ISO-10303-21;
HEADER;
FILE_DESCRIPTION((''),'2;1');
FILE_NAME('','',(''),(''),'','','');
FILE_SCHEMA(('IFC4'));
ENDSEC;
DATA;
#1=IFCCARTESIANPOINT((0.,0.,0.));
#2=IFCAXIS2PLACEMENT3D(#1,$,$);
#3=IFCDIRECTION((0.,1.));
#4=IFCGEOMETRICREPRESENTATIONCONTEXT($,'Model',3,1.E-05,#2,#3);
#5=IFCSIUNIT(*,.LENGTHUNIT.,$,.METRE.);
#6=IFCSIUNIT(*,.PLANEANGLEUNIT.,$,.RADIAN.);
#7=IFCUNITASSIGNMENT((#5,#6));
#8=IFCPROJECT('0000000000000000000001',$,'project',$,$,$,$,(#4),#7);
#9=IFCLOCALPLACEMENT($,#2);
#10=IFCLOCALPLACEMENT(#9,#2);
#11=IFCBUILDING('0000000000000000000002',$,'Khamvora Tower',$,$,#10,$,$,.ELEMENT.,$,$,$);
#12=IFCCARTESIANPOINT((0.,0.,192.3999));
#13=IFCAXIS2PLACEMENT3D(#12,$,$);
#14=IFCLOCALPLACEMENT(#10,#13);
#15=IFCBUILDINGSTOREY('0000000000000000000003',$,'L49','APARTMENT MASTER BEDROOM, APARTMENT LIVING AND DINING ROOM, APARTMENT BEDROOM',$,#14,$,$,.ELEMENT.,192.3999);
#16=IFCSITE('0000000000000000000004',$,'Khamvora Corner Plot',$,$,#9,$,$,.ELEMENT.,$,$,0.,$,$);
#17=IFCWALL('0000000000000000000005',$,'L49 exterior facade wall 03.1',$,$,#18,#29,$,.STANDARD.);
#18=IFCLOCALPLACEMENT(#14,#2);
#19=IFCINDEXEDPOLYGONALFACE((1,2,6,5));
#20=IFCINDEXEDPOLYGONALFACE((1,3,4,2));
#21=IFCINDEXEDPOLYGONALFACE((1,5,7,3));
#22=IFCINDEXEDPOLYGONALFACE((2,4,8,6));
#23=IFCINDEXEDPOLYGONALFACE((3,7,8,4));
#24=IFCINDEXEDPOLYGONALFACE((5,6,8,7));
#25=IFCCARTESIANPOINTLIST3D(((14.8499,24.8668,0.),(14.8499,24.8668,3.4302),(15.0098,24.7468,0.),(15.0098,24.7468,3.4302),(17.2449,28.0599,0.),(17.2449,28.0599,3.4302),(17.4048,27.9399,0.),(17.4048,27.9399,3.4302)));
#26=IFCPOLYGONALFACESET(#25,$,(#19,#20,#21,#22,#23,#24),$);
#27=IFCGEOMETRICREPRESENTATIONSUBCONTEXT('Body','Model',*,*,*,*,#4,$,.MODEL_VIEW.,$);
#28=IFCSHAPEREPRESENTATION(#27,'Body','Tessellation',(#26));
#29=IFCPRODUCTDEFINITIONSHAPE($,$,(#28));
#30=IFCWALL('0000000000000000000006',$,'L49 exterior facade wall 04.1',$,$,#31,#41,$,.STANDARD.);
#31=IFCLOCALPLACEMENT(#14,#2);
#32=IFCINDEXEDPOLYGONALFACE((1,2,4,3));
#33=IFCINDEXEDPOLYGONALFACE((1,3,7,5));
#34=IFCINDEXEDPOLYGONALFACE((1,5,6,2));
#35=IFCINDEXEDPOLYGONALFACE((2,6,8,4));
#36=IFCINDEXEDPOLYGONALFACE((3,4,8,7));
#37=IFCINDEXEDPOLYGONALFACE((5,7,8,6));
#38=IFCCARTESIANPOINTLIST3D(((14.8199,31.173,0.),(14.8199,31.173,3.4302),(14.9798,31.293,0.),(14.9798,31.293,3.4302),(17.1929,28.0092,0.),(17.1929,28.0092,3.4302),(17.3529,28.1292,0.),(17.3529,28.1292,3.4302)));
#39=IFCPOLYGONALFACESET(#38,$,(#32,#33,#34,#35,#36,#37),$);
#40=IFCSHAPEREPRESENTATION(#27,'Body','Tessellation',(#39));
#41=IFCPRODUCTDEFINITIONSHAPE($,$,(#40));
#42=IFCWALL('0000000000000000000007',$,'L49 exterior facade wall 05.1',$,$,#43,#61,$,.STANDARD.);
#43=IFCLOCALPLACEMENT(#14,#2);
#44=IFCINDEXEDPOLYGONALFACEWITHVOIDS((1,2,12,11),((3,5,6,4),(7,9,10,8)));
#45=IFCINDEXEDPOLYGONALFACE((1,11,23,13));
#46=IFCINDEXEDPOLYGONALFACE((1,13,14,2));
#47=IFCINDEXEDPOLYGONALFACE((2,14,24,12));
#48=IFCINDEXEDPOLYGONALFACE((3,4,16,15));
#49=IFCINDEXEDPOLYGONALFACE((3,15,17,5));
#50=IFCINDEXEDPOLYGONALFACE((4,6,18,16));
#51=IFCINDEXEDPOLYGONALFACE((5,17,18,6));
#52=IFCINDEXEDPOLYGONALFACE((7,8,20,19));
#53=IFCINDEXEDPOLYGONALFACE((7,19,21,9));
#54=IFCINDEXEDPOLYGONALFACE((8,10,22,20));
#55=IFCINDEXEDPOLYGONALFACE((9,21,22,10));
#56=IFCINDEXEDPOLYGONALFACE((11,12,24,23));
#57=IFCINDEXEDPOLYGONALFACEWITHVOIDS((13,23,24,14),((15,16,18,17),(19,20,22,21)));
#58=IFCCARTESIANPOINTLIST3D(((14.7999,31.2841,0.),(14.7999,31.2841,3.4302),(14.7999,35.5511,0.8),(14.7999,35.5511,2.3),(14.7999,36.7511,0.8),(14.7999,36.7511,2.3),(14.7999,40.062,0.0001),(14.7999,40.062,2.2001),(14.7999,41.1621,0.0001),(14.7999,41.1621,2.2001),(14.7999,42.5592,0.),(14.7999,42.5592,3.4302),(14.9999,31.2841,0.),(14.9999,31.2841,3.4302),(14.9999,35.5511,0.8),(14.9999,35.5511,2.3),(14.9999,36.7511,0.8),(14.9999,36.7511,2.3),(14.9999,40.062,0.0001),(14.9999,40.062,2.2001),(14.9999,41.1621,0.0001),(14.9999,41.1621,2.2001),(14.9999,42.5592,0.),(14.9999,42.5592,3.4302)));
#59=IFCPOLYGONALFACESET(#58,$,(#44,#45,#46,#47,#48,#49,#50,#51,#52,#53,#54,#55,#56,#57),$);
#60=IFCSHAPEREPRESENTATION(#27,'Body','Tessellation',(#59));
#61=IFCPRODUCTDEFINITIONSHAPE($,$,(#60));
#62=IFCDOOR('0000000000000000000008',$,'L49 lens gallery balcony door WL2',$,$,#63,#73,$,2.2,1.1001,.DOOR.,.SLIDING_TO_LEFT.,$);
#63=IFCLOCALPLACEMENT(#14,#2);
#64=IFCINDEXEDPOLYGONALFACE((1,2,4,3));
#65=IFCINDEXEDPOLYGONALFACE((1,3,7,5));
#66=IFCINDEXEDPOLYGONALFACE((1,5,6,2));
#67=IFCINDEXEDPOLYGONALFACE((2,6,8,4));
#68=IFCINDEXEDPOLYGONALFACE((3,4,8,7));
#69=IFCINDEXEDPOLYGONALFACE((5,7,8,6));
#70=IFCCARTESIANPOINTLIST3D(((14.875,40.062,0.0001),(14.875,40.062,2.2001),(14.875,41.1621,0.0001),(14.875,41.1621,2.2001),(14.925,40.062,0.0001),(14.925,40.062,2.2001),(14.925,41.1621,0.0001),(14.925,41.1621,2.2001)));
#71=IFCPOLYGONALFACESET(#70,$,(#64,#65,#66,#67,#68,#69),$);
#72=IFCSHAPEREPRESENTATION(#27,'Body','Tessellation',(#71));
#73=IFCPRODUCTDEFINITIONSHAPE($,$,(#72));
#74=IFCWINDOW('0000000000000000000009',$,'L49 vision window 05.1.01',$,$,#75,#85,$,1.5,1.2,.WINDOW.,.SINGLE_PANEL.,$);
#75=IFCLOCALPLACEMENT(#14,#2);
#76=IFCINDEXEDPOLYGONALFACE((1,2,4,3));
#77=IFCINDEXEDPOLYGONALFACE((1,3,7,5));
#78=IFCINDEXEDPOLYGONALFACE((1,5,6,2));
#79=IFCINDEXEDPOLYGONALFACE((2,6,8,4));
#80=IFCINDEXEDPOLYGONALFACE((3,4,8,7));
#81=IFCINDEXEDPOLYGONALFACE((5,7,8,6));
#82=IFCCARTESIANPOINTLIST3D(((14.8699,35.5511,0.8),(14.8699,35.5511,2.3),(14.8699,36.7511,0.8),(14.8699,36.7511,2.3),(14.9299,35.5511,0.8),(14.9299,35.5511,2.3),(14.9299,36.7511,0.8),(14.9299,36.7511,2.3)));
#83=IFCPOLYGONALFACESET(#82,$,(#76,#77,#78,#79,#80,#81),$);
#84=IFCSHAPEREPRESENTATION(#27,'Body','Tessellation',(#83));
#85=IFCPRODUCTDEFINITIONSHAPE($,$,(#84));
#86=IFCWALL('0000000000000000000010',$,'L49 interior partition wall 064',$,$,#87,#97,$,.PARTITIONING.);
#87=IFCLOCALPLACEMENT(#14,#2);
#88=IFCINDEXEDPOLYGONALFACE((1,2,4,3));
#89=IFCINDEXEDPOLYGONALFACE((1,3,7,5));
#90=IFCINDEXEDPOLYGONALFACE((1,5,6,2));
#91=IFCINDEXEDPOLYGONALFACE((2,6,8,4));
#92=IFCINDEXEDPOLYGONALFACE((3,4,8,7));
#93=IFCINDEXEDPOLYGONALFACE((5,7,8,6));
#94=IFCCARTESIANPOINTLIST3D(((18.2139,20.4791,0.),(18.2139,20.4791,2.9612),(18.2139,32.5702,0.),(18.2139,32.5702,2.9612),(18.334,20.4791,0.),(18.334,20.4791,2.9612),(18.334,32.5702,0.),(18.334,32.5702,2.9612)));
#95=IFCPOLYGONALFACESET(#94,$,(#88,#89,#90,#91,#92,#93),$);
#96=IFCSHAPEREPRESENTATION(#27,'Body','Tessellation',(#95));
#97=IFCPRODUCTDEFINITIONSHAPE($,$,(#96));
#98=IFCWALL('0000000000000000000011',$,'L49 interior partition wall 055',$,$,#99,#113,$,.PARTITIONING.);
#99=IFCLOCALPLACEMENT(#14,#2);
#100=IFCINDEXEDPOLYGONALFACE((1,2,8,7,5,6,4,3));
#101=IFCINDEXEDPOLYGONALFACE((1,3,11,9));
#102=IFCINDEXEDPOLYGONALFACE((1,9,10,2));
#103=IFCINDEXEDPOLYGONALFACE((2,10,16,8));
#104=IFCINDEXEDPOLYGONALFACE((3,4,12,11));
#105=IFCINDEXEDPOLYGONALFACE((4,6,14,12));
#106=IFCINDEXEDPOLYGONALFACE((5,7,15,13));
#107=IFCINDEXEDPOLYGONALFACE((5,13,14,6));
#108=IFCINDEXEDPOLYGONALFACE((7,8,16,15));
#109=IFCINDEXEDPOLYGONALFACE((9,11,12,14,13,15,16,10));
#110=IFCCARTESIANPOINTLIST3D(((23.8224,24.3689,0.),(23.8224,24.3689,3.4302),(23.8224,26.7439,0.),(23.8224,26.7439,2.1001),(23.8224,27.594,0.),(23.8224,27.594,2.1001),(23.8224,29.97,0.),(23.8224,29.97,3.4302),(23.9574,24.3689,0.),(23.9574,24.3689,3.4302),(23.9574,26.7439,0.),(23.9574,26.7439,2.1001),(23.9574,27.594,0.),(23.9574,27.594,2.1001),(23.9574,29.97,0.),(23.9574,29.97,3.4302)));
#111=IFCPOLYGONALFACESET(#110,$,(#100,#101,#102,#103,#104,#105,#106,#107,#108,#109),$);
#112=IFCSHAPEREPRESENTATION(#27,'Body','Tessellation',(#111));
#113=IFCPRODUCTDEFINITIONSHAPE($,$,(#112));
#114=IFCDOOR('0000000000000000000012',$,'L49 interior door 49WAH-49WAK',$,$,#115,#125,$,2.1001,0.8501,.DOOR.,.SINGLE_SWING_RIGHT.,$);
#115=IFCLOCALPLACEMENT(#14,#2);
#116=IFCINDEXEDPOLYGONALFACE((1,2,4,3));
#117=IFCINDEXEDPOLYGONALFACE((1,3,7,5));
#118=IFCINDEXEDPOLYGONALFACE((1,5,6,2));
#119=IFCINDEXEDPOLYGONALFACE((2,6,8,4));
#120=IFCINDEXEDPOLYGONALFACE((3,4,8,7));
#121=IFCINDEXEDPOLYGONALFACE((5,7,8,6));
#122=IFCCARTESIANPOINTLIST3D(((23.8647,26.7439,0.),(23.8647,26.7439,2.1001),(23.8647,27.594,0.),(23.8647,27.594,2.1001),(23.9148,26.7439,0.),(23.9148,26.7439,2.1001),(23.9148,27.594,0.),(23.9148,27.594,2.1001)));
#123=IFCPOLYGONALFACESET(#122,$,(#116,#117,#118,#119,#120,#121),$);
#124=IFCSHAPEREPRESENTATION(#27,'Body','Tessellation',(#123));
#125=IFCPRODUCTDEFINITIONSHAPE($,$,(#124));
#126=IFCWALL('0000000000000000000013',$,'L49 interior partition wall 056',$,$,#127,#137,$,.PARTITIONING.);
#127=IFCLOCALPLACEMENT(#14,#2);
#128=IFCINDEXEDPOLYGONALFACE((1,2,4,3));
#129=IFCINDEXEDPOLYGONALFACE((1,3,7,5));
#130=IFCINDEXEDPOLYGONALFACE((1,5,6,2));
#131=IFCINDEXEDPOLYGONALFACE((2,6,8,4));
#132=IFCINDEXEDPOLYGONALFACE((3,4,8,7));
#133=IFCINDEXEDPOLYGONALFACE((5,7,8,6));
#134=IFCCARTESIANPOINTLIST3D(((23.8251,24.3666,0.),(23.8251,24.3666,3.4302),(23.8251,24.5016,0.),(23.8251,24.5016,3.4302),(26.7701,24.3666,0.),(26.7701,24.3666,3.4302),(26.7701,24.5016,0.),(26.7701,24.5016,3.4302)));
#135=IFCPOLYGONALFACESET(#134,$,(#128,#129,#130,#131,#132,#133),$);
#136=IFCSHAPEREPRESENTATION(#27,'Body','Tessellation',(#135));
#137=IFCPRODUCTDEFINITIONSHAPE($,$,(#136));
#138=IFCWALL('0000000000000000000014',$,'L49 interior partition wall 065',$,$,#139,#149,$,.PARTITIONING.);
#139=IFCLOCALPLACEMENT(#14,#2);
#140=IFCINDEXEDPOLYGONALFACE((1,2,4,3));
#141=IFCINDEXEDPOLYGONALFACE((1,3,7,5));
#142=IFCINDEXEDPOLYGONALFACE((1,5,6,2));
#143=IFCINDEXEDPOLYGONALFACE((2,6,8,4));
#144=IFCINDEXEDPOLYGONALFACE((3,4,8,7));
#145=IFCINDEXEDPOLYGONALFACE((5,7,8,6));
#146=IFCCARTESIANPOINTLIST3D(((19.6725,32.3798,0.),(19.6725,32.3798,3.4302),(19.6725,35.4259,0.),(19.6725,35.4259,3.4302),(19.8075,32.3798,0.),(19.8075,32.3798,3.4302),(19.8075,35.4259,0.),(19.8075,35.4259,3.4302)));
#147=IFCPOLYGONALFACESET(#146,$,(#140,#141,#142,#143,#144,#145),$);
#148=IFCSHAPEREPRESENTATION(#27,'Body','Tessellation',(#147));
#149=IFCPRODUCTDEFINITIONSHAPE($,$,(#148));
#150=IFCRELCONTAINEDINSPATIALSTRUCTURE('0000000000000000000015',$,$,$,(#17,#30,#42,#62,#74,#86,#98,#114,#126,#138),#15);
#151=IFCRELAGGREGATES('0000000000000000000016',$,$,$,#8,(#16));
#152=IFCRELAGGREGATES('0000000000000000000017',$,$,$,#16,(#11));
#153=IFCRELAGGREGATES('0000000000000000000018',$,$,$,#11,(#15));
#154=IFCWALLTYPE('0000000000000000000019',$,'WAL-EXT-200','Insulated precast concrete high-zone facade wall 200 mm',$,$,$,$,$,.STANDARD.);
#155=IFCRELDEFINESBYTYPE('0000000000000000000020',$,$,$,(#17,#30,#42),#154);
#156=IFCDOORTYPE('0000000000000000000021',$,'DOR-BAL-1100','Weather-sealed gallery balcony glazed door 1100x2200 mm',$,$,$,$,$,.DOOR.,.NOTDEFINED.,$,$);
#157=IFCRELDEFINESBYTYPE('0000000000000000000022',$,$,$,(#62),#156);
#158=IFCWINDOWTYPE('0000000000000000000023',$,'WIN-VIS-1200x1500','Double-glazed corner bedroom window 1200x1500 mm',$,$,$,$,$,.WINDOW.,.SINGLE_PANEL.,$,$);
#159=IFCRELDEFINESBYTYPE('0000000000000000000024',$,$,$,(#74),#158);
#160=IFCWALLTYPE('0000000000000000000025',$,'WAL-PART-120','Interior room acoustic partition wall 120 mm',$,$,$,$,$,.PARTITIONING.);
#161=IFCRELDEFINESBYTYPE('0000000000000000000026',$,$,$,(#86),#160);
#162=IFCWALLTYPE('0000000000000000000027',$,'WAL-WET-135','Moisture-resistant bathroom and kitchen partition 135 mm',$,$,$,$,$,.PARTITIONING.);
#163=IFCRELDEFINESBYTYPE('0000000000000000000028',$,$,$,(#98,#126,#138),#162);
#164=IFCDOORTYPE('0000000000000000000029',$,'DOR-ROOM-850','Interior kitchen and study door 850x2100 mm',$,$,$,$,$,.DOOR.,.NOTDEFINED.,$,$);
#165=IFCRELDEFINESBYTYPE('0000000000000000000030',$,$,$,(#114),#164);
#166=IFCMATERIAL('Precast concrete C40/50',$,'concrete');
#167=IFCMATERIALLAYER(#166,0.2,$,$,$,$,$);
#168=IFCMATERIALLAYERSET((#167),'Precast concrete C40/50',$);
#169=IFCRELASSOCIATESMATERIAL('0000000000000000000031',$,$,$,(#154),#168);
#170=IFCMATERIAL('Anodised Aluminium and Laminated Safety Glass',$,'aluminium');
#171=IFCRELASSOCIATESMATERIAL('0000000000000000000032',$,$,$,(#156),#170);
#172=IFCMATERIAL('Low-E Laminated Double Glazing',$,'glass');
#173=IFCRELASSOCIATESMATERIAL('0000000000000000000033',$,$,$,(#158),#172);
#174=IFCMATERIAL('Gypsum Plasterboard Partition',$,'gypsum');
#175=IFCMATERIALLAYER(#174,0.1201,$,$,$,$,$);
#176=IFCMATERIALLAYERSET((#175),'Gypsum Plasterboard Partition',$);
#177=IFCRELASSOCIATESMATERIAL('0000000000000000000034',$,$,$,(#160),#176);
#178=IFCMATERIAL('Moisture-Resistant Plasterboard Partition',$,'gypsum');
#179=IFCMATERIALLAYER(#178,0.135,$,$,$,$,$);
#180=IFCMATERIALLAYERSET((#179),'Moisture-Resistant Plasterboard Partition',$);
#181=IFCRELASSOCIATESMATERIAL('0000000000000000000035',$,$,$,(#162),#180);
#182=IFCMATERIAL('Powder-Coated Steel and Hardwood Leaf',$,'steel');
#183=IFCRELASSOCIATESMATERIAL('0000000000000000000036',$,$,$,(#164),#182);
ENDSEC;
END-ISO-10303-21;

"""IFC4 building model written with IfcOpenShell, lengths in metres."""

from ifc_helpers import new_model, si_unit, direction, frame, frame_2d, origin, place, context, subcontext, project, spatial, rectangle, extrude, material, layer, layer_set, type_object, element, fill, save


model = new_model("IFC4")

# Units and contexts
model_context = context("Model", 3, precision=1e-05, world=origin(), true_north=direction((0.0, 1.0)))
body_context = subcontext(model_context, "Body", "Model", "MODEL_VIEW")
ifc_project = project(units=[si_unit("LENGTHUNIT", "METRE"), si_unit("PLANEANGLEUNIT", "RADIAN")], contexts=[model_context])

# Site, building, storey
site_placement = place(None, origin())
site = spatial("IfcSite", under=ifc_project, at=site_placement, Name="Khamvora Corner Plot", CompositionType="ELEMENT", RefElevation=0.0)
building_placement = place(site_placement, origin())
building = spatial("IfcBuilding", under=site, at=building_placement, Name="Khamvora Tower", CompositionType="ELEMENT")
storey_placement = place(building_placement, frame((0.0, 0.0, 192.3999)))
storey = spatial("IfcBuildingStorey", under=building, at=storey_placement, Name="L49", Description="APARTMENT MASTER BEDROOM, APARTMENT LIVING AND DINING ROOM, APARTMENT BEDROOM", CompositionType="ELEMENT", Elevation=192.3999)

# Shared definitions
ifc_material_1 = material(Name="Powder-Coated Steel and Hardwood Leaf", Category="steel")

# Walls
ifc_material_2 = material(Name="Precast concrete C40/50", Category="concrete")
ifc_layer_1 = layer(ifc_material_2, 0.2)
ifc_layer_set_1 = layer_set([ifc_layer_1], Name="Precast concrete C40/50")
wall_type_1 = type_object("IfcWallType", Name="WAL-EXT-200", Description="Insulated precast concrete high-zone facade wall 200 mm", PredefinedType="STANDARD", material=ifc_layer_set_1)
wall_1_placement = place(storey_placement, frame((14.9299, 24.8069, 0.0), z_axis=(0.0, 0.0, 1.0), x_axis=(0.600029, 0.799978, 0.0)))
element("IfcWall", 1, at=wall_1_placement, inside=storey, type_object=wall_type_1, Name="L49 exterior facade wall 03.1", PredefinedType="STANDARD", context=body_context, shape_type="SweptSolid", body=[
    extrude(rectangle(XDim=3.9915, YDim=0.2, at=frame_2d((1.9956, 0.0))), origin(), (0.0, 0.0, 1.0), 3.4302),
])
wall_2_placement = place(storey_placement, frame((17.2729, 28.0691, 0.0), z_axis=(0.0, 0.0, 1.0), x_axis=(-0.60003, 0.799978, 0.0)))
element("IfcWall", 2, at=wall_2_placement, inside=storey, type_object=wall_type_1, Name="L49 exterior facade wall 04.1", PredefinedType="STANDARD", context=body_context, shape_type="SweptSolid", body=[
    extrude(rectangle(XDim=3.9548, YDim=0.2, at=frame_2d((1.9775, 0.0))), origin(), (0.0, 0.0, 1.0), 3.4302),
])

# Wall, openings, door, window
wall_3_placement = place(storey_placement, frame((14.8999, 31.2839, 0.0), z_axis=(0.0, 0.0, 1.0), x_axis=(0.0, 1.0, 0.0)))
wall_3 = element("IfcWall", 3, at=wall_3_placement, inside=storey, type_object=wall_type_1, Name="L49 exterior facade wall 05.1", PredefinedType="STANDARD", context=body_context, shape_type="SweptSolid", body=[
    extrude(rectangle(XDim=11.2751, YDim=0.2, at=frame_2d((5.6377, 0.0))), origin(), (0.0, 0.0, 1.0), 3.4302),
])
opening_1_placement = place(wall_3_placement, frame((8.7781, 0.0, 0.0)))
opening_1 = element("IfcOpeningElement", 4, at=opening_1_placement, cuts=wall_3, PredefinedType="OPENING", context=body_context, shape_type="SweptSolid", body=[
    extrude(rectangle(XDim=1.1001, YDim=2.2, at=frame_2d((0.55, 1.1001))), frame((0.0, 0.1099, 0.0), z_axis=(0.0, -1.0, 0.0), x_axis=(1.0, 0.0, 0.0)), (0.0, 0.0, 1.0), 0.22),
])
opening_2_placement = place(wall_3_placement, frame((4.2671, 0.0, 0.8)))
opening_2 = element("IfcOpeningElement", 5, at=opening_2_placement, cuts=wall_3, PredefinedType="OPENING", context=body_context, shape_type="SweptSolid", body=[
    extrude(rectangle(XDim=1.2, YDim=1.5, at=frame_2d((0.6001, 0.75))), frame((0.0, 0.1099, 0.0), z_axis=(0.0, -1.0, 0.0), x_axis=(1.0, 0.0, 0.0)), (0.0, 0.0, 1.0), 0.22),
])
ifc_material_3 = material(Name="Anodised Aluminium and Laminated Safety Glass", Category="aluminium")
door_type_1 = type_object("IfcDoorType", Name="DOR-BAL-1100", Description="Weather-sealed gallery balcony glazed door 1100x2200 mm", OperationType="NOTDEFINED", PredefinedType="DOOR", material=ifc_material_3)
door_1_placement = place(opening_1_placement, origin())
door_1 = element("IfcDoor", 6, at=door_1_placement, inside=storey, type_object=door_type_1, Name="L49 lens gallery balcony door WL2", OperationType="SLIDING_TO_LEFT", OverallHeight=2.2, OverallWidth=1.1001, PredefinedType="DOOR", context=body_context, shape_type="SweptSolid", body=[
    extrude(rectangle(XDim=1.1001, YDim=2.2, at=frame_2d((0.55, 1.1001))), frame((0.0, 0.0249, 0.0), z_axis=(0.0, -1.0, 0.0), x_axis=(1.0, 0.0, 0.0)), (0.0, 0.0, 1.0), 0.05),
])
fill(opening_1, door_1)
ifc_material_4 = material(Name="Low-E Laminated Double Glazing", Category="glass")
window_type = type_object("IfcWindowType", Name="WIN-VIS-1200x1500", Description="Double-glazed corner bedroom window 1200x1500 mm", PartitioningType="SINGLE_PANEL", PredefinedType="WINDOW", material=ifc_material_4)
window_placement = place(opening_2_placement, origin())
window = element("IfcWindow", 7, at=window_placement, inside=storey, type_object=window_type, Name="L49 vision window 05.1.01", OverallHeight=1.5, OverallWidth=1.2, PartitioningType="SINGLE_PANEL", PredefinedType="WINDOW", context=body_context, shape_type="SweptSolid", body=[
    extrude(rectangle(XDim=1.2, YDim=1.5, at=frame_2d((0.6001, 0.75))), frame((0.0, 0.03, 0.0), z_axis=(0.0, -1.0, 0.0), x_axis=(1.0, 0.0, 0.0)), (0.0, 0.0, 1.0), 0.0601),
])
fill(opening_2, window)

# Wall
ifc_material_5 = material(Name="Gypsum Plasterboard Partition", Category="gypsum")
ifc_layer_2 = layer(ifc_material_5, 0.1201)
ifc_layer_set_2 = layer_set([ifc_layer_2], Name="Gypsum Plasterboard Partition")
wall_type_2 = type_object("IfcWallType", Name="WAL-PART-120", Description="Interior room acoustic partition wall 120 mm", PredefinedType="PARTITIONING", material=ifc_layer_set_2)
wall_4_placement = place(storey_placement, frame((18.2739, 32.5701, 0.0), z_axis=(0.0, 0.0, 1.0), x_axis=(0.0, -1.0, 0.0)))
element("IfcWall", 8, at=wall_4_placement, inside=storey, type_object=wall_type_2, Name="L49 interior partition wall 064", PredefinedType="PARTITIONING", context=body_context, shape_type="SweptSolid", body=[
    extrude(rectangle(XDim=12.0911, YDim=0.1201, at=frame_2d((6.0454, 0.0))), origin(), (0.0, 0.0, 1.0), 2.9612),
])

# Wall, opening, door
ifc_material_6 = material(Name="Moisture-Resistant Plasterboard Partition", Category="gypsum")
ifc_layer_3 = layer(ifc_material_6, 0.135)
ifc_layer_set_3 = layer_set([ifc_layer_3], Name="Moisture-Resistant Plasterboard Partition")
wall_type_3 = type_object("IfcWallType", Name="WAL-WET-135", Description="Moisture-resistant bathroom and kitchen partition 135 mm", PredefinedType="PARTITIONING", material=ifc_layer_set_3)
wall_5_placement = place(storey_placement, frame((23.8899, 29.97, 0.0), z_axis=(0.0, 0.0, 1.0), x_axis=(0.0, -1.0, 0.0)))
wall_5 = element("IfcWall", 9, at=wall_5_placement, inside=storey, type_object=wall_type_3, Name="L49 interior partition wall 055", PredefinedType="PARTITIONING", context=body_context, shape_type="SweptSolid", body=[
    extrude(rectangle(XDim=5.6011, YDim=0.135, at=frame_2d((2.8005, 0.0))), origin(), (0.0, 0.0, 1.0), 3.4302),
])
opening_3_placement = place(wall_5_placement, frame((2.376, 0.0, 0.0)))
opening_3 = element("IfcOpeningElement", 10, at=opening_3_placement, cuts=wall_5, PredefinedType="OPENING", context=body_context, shape_type="SweptSolid", body=[
    extrude(rectangle(XDim=0.8501, YDim=2.1001, at=frame_2d((0.425, 1.05))), frame((0.0, 0.0774, 0.0), z_axis=(0.0, -1.0, 0.0), x_axis=(1.0, 0.0, 0.0)), (0.0, 0.0, 1.0), 0.155),
])
door_type_2 = type_object("IfcDoorType", Name="DOR-ROOM-850", Description="Interior kitchen and study door 850x2100 mm", OperationType="NOTDEFINED", PredefinedType="DOOR", material=ifc_material_1)
door_2_placement = place(opening_3_placement, origin())
door_2 = element("IfcDoor", 11, at=door_2_placement, inside=storey, type_object=door_type_2, Name="L49 interior door 49WAH-49WAK", OperationType="SINGLE_SWING_RIGHT", OverallHeight=2.1001, OverallWidth=0.8501, PredefinedType="DOOR", context=body_context, shape_type="SweptSolid", body=[
    extrude(rectangle(XDim=0.8501, YDim=2.1001, at=frame_2d((0.425, 1.05))), frame((0.0, 0.0249, 0.0), z_axis=(0.0, -1.0, 0.0), x_axis=(1.0, 0.0, 0.0)), (0.0, 0.0, 1.0), 0.05),
])
fill(opening_3, door_2)

# Walls
wall_6_placement = place(storey_placement, frame((23.825, 24.4341, 0.0), z_axis=(0.0, 0.0, 1.0), x_axis=(1.0, 0.0, 0.0)))
element("IfcWall", 12, at=wall_6_placement, inside=storey, type_object=wall_type_3, Name="L49 interior partition wall 056", PredefinedType="PARTITIONING", context=body_context, shape_type="SweptSolid", body=[
    extrude(rectangle(XDim=2.9451, YDim=0.135, at=frame_2d((1.4727, 0.0))), origin(), (0.0, 0.0, 1.0), 3.4302),
])
wall_7_placement = place(storey_placement, frame((19.74, 32.3799, 0.0), z_axis=(0.0, 0.0, 1.0), x_axis=(0.0, 1.0, 0.0)))
element("IfcWall", 13, at=wall_7_placement, inside=storey, type_object=wall_type_3, Name="L49 interior partition wall 065", PredefinedType="PARTITIONING", context=body_context, shape_type="SweptSolid", body=[
    extrude(rectangle(XDim=3.0461, YDim=0.135, at=frame_2d((1.5229, 0.0))), origin(), (0.0, 0.0, 1.0), 3.4302),
])

save(model, "model.ifc")
